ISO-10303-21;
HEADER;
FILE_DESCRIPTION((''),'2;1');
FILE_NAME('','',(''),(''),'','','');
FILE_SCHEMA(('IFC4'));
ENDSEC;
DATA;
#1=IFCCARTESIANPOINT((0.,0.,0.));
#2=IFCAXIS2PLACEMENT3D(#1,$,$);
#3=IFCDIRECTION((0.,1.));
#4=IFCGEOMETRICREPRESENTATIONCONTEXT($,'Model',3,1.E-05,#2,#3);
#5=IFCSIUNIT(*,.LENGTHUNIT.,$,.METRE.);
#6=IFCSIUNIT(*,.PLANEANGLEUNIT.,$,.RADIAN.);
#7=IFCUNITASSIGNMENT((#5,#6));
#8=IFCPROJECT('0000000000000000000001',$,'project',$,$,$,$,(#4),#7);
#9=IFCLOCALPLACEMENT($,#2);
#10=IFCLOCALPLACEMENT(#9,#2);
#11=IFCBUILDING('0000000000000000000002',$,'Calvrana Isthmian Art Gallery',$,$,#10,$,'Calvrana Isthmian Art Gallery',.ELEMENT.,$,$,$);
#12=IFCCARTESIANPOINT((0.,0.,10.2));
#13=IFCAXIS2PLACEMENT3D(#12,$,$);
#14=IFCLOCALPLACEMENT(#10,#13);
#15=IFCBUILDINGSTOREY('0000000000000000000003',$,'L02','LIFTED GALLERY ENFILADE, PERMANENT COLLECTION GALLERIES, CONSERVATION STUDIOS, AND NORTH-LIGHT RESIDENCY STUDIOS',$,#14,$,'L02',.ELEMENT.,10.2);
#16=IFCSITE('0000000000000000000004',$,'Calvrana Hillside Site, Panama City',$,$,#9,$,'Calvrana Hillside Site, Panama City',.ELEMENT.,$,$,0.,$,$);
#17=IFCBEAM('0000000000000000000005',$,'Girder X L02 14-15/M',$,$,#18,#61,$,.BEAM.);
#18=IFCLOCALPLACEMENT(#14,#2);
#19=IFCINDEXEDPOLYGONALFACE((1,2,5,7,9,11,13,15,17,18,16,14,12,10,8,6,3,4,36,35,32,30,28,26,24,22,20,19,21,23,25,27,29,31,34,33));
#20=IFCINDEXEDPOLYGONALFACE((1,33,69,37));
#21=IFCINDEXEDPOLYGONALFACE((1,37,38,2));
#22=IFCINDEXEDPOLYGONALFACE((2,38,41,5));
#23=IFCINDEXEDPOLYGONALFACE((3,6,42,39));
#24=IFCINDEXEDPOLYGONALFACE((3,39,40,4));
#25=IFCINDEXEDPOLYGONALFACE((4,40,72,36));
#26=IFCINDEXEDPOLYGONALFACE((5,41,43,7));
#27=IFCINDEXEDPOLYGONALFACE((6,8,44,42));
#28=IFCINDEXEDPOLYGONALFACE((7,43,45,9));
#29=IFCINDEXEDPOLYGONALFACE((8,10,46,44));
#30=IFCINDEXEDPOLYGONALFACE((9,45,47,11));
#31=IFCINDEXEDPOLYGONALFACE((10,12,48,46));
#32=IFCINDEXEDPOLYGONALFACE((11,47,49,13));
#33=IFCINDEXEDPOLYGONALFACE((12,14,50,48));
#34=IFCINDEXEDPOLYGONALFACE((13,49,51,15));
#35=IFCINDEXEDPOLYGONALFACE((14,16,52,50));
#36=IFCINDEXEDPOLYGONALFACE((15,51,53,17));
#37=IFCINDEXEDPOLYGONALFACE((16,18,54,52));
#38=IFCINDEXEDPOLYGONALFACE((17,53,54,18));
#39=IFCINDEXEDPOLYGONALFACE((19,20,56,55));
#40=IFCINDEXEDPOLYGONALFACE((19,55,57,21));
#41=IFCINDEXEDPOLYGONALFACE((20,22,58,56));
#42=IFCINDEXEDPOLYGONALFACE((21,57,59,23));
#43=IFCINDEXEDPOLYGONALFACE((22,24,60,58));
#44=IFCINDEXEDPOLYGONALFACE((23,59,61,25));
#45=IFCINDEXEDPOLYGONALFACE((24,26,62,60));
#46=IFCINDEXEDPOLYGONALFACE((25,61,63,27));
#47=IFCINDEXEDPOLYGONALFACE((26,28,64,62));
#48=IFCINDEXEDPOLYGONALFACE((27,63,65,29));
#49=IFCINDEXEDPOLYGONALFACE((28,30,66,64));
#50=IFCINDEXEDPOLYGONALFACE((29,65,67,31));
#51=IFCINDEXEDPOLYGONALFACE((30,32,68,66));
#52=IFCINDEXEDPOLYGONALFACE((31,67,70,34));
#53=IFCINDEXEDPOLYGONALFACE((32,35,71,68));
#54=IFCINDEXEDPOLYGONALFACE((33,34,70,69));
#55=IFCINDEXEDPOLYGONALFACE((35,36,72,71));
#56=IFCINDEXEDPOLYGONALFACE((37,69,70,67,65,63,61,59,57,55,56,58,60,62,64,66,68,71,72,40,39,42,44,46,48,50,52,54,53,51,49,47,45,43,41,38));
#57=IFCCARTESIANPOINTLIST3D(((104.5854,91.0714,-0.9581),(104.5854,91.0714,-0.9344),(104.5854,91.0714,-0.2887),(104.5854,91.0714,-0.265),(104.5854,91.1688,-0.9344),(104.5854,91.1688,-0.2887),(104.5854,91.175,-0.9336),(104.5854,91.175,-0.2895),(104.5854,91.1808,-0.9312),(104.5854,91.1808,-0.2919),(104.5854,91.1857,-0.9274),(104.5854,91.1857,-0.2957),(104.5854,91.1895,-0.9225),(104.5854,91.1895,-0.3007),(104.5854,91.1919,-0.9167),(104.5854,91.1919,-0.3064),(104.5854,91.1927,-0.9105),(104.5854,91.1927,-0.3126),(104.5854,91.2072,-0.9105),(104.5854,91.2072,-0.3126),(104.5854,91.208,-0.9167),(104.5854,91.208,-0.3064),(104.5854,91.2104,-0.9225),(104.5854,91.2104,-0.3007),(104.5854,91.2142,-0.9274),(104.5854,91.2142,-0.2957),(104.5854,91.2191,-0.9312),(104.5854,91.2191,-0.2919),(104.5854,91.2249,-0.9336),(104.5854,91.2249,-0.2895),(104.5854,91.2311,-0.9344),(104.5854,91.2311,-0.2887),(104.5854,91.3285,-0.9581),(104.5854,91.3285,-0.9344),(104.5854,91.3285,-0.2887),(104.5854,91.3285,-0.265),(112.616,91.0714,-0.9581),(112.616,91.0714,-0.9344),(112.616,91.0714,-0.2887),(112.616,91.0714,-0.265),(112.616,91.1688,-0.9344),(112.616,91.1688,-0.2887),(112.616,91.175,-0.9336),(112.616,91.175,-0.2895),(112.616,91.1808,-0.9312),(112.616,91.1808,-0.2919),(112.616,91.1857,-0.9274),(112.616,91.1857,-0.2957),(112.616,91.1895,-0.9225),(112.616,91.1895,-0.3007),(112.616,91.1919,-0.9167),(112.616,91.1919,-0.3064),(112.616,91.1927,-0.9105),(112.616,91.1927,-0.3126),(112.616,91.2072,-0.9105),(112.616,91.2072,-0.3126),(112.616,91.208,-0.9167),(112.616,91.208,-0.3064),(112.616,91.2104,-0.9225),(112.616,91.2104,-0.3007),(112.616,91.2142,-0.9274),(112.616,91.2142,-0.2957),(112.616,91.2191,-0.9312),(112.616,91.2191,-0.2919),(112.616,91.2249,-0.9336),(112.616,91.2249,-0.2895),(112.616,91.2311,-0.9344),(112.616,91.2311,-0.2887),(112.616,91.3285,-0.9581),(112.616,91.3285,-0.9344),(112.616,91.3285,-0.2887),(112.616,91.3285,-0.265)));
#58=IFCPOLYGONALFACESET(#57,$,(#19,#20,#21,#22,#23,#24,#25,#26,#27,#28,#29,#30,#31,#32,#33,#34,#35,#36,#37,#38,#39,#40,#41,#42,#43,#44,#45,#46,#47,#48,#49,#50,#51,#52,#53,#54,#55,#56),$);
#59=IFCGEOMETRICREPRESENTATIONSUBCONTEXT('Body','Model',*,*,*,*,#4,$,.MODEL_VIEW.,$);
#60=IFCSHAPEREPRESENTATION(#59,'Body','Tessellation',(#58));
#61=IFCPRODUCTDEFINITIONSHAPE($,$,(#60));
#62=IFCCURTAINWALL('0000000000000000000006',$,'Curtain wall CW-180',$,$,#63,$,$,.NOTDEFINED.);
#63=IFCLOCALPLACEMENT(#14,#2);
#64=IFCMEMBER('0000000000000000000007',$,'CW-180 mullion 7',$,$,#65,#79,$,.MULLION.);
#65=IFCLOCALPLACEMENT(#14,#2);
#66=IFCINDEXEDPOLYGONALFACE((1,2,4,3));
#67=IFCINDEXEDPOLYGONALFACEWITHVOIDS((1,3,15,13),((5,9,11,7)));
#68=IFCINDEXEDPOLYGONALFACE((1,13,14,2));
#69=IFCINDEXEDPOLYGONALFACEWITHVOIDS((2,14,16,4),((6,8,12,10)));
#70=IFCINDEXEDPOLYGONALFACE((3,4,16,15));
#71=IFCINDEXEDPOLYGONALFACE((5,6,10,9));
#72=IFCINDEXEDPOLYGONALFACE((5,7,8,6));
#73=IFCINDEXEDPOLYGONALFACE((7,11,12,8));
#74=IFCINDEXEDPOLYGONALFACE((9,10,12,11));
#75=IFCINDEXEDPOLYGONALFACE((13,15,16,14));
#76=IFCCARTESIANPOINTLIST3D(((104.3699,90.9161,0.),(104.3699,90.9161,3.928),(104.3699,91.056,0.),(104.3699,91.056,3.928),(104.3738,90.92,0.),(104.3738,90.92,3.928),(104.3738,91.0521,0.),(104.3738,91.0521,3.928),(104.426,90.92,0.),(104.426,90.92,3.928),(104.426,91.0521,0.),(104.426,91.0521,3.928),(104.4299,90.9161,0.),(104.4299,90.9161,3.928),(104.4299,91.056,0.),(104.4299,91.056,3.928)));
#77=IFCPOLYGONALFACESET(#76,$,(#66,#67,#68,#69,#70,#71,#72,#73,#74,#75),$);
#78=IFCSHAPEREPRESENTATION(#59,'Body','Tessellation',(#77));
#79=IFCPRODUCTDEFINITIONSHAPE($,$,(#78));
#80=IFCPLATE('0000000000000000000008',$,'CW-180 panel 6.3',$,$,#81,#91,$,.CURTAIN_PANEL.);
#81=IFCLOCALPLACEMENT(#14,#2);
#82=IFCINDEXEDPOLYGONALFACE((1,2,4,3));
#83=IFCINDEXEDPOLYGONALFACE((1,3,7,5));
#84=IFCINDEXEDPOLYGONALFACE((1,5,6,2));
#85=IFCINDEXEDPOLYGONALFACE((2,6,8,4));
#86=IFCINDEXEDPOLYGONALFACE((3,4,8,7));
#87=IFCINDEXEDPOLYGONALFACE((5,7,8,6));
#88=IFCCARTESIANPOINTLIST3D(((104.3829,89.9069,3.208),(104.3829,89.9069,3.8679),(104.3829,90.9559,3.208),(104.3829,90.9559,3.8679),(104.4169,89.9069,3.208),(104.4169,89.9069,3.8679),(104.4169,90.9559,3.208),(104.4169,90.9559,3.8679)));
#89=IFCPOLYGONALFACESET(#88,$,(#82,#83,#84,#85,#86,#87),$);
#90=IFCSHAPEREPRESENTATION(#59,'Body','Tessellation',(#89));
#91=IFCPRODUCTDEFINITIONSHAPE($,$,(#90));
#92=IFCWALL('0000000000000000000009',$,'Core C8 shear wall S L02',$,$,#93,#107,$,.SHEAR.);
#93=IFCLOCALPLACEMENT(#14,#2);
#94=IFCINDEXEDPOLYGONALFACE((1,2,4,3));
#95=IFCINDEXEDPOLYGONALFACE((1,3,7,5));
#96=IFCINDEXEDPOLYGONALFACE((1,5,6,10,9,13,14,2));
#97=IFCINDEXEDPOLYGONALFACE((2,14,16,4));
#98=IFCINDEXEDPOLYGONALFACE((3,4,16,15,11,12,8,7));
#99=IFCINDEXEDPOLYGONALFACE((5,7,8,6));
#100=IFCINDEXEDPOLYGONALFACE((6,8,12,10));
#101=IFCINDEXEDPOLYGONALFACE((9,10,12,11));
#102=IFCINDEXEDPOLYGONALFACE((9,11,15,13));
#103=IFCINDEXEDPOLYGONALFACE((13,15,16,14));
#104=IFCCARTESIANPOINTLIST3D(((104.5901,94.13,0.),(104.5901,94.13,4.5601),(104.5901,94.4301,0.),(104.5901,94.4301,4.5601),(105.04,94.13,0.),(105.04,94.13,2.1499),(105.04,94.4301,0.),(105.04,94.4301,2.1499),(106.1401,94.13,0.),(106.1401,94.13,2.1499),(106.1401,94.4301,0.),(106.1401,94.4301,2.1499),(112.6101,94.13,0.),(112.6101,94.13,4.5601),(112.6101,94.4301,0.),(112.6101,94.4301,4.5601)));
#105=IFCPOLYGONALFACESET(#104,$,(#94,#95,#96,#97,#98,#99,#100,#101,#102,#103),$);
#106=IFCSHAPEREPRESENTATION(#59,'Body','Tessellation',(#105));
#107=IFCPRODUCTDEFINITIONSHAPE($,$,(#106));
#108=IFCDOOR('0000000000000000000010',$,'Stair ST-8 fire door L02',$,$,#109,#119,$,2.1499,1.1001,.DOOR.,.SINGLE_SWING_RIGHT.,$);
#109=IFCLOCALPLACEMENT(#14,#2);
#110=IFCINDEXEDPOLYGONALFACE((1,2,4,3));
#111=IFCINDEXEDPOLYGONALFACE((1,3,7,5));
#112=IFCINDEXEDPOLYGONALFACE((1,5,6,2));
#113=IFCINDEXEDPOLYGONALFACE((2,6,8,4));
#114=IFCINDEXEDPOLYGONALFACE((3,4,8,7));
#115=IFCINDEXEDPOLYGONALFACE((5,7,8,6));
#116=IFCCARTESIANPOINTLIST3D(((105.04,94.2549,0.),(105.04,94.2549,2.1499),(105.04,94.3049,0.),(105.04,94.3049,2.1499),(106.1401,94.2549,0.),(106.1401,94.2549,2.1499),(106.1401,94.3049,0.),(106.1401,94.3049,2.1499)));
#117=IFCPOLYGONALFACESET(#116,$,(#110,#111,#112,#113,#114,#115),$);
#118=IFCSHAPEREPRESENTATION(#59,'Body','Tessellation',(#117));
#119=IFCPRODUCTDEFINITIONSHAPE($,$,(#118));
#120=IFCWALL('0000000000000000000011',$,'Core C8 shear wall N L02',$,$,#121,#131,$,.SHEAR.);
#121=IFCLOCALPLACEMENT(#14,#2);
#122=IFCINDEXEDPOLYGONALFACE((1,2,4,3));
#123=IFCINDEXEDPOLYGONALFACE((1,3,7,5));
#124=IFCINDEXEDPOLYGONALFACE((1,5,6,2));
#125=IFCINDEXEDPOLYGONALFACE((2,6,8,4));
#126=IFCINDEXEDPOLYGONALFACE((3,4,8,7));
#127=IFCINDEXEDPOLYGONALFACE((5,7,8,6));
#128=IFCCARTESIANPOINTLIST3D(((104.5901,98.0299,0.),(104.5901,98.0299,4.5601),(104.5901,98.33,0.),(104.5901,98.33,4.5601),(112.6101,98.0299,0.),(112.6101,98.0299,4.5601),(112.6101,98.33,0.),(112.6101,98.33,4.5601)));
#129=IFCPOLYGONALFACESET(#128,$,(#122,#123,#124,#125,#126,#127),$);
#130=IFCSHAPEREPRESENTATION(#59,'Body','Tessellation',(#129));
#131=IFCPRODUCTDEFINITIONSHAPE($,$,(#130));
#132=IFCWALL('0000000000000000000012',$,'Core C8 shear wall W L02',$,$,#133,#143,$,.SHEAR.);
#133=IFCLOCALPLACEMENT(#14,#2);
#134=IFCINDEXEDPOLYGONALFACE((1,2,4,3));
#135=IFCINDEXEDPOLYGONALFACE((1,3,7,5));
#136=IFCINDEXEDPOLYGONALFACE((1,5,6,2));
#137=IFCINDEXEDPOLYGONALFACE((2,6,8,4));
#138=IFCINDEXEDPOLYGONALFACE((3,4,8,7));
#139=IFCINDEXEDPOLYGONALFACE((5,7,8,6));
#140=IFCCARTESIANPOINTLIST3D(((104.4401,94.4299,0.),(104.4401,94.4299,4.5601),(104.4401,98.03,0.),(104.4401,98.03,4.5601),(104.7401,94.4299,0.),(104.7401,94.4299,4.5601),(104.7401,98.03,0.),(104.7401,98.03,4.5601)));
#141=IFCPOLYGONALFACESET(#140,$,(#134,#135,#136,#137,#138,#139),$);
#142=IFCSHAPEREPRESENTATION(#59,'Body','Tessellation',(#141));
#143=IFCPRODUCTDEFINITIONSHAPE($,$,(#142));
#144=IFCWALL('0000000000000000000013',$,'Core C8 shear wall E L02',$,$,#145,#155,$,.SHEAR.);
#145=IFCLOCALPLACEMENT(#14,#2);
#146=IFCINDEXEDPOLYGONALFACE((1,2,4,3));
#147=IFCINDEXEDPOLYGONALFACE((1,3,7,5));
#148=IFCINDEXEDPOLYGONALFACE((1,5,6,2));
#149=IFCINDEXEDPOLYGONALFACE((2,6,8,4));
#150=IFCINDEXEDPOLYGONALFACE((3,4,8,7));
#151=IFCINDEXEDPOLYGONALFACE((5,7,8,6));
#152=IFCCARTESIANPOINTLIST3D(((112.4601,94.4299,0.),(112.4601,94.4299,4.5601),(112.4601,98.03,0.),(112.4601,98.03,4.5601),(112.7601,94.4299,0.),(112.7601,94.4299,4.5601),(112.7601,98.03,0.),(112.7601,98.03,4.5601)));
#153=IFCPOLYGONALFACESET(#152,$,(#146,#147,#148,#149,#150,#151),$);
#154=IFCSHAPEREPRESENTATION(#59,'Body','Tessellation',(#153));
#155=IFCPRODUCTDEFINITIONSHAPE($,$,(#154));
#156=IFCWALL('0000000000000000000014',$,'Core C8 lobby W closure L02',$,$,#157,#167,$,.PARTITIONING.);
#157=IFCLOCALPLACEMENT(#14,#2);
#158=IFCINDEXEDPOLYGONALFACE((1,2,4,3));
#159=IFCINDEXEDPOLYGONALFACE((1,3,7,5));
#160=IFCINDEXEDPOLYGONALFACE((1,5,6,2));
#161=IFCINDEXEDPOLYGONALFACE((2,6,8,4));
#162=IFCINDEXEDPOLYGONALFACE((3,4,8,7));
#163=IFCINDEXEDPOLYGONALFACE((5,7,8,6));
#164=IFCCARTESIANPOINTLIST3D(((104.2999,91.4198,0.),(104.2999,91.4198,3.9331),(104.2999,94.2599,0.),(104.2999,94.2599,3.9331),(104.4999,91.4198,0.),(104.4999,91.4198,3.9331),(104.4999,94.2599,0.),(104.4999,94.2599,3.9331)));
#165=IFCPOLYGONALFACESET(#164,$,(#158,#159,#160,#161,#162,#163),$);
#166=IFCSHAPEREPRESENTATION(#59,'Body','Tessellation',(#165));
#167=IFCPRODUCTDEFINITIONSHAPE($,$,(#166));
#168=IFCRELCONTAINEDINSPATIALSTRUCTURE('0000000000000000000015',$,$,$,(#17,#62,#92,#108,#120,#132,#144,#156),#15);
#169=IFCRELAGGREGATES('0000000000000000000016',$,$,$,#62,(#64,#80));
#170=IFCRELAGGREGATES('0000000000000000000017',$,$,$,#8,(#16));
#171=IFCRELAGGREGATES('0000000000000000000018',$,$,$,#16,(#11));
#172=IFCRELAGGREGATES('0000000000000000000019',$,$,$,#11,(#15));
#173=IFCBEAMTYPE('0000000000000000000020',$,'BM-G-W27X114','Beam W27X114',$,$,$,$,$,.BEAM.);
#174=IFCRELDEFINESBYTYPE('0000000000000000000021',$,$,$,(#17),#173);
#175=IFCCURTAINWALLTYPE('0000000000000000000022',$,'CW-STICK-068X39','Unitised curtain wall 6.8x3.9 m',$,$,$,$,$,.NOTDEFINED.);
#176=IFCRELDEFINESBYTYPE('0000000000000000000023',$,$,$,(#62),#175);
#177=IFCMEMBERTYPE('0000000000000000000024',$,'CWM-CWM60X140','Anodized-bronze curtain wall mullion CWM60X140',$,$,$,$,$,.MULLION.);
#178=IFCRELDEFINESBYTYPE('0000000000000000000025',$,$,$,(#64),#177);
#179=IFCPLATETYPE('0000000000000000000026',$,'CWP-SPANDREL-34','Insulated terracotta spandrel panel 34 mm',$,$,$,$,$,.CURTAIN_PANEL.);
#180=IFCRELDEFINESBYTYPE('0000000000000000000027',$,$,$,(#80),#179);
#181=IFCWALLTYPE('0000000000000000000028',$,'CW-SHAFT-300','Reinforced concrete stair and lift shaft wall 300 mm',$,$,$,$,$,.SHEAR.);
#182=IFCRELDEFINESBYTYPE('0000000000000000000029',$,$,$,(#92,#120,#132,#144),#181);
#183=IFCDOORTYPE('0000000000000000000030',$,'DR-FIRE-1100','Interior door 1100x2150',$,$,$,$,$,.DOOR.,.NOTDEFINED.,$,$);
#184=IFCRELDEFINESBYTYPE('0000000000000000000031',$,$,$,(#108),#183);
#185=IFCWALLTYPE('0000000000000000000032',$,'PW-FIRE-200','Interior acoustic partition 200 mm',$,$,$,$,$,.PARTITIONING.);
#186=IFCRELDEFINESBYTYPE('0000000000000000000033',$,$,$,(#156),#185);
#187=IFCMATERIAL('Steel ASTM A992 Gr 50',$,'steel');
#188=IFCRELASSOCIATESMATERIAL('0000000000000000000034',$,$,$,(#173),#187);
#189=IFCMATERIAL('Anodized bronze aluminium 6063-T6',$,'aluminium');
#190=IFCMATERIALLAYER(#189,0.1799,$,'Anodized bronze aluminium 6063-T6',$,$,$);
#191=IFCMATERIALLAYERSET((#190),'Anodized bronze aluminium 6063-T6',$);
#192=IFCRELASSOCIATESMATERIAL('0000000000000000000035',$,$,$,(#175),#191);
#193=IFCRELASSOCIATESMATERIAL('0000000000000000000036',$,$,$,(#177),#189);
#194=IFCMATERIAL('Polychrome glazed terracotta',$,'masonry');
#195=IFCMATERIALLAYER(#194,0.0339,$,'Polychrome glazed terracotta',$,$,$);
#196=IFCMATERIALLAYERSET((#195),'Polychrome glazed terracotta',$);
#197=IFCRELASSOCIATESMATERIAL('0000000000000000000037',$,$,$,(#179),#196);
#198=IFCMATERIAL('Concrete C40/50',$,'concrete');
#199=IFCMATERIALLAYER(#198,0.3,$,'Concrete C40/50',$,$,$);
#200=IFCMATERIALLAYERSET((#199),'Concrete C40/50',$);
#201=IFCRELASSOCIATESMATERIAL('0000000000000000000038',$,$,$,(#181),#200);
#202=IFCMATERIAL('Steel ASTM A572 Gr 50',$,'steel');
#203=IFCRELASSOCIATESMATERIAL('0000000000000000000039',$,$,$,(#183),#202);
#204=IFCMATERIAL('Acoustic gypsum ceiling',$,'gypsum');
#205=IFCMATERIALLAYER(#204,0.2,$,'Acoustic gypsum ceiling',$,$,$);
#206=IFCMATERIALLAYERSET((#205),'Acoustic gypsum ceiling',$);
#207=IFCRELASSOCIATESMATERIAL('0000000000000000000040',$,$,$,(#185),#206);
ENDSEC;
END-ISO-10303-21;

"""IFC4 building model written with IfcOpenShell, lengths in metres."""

from ifc_helpers import new_model, si_unit, direction, frame, frame_2d, origin, origin_2d, place, context, subcontext, project, spatial, rectangle, hollow_rectangle, i_section, extrude, material, layer, layer_set, material_profile, profile_set, type_object, element, fill, aggregate, save


model = new_model("IFC4")

# Units and contexts
model_context = context("Model", 3, precision=1e-05, world=origin(), true_north=direction((0.0, 1.0)))
body_context = subcontext(model_context, "Body", "Model", "MODEL_VIEW")
ifc_project = project(units=[si_unit("LENGTHUNIT", "METRE"), si_unit("PLANEANGLEUNIT", "RADIAN")], contexts=[model_context])

# Site, building, storey
site_placement = place(None, origin())
site = spatial("IfcSite", under=ifc_project, at=site_placement, Name="Calvrana Hillside Site, Panama City", LongName="Calvrana Hillside Site, Panama City", CompositionType="ELEMENT", RefElevation=0.0)
building_placement = place(site_placement, origin())
building = spatial("IfcBuilding", under=site, at=building_placement, Name="Calvrana Isthmian Art Gallery", LongName="Calvrana Isthmian Art Gallery", CompositionType="ELEMENT")
storey_placement = place(building_placement, frame((0.0, 0.0, 10.2)))
storey = spatial("IfcBuildingStorey", under=building, at=storey_placement, Name="L02", Description="LIFTED GALLERY ENFILADE, PERMANENT COLLECTION GALLERIES, CONSERVATION STUDIOS, AND NORTH-LIGHT RESIDENCY STUDIOS", LongName="L02", CompositionType="ELEMENT", Elevation=10.2)

# Shared definitions
ifc_material_1 = material(Name="Steel ASTM A992 Gr 50", Category="steel")

# Beam
ifc_material_profile_1 = material_profile(ifc_material_1, i_section(OverallWidth=0.2571, OverallDepth=0.6931, WebThickness=0.0144, FlangeThickness=0.0237, FilletRadius=0.0239, at=origin_2d()), Name="W27X114")
ifc_profile_set_1 = profile_set([ifc_material_profile_1], Name="Steel ASTM A992 Gr 50")
beam_type_1 = type_object("IfcBeamType", Name="BM-G-W27X114", Description="Beam W27X114", PredefinedType="BEAM", material=ifc_profile_set_1)
beam_1_placement = place(storey_placement, frame((104.5854, 91.2, -0.6116), z_axis=(1.0, 0.0, 0.0), x_axis=(0.0, 1.0, 0.0)))
element("IfcBeam", 1, at=beam_1_placement, inside=storey, type_object=beam_type_1, Name="Girder X L02 14-15/M", PredefinedType="BEAM", context=body_context, shape_type="SweptSolid", body=[
    extrude(i_section(OverallWidth=0.2571, OverallDepth=0.6931, WebThickness=0.0144, FlangeThickness=0.0237, FilletRadius=0.0239, at=origin_2d()), origin(), (0.0, 0.0, 1.0), 8.0305),
])

# Curtain wall, member, plate
ifc_material_2 = material(Name="Anodized bronze aluminium 6063-T6", Category="aluminium")
ifc_layer_1 = layer(ifc_material_2, 0.1799, Name="Anodized bronze aluminium 6063-T6")
ifc_layer_set_1 = layer_set([ifc_layer_1], Name="Anodized bronze aluminium 6063-T6")
curtain_wall_type = type_object("IfcCurtainWallType", Name="CW-STICK-068X39", Description="Unitised curtain wall 6.8x3.9 m", PredefinedType="NOTDEFINED", material=ifc_layer_set_1)
curtain_wall_placement = place(storey_placement, origin())
curtain_wall = element("IfcCurtainWall", 2, at=curtain_wall_placement, inside=storey, type_object=curtain_wall_type, Name="Curtain wall CW-180", PredefinedType="NOTDEFINED")
ifc_material_profile_2 = material_profile(ifc_material_2, hollow_rectangle(XDim=0.0601, YDim=0.1399, WallThickness=0.0039, at=origin_2d()), Name="CWM60X140")
ifc_profile_set_2 = profile_set([ifc_material_profile_2], Name="Anodized bronze aluminium 6063-T6")
member_type = type_object("IfcMemberType", Name="CWM-CWM60X140", Description="Anodized-bronze curtain wall mullion CWM60X140", PredefinedType="MULLION", material=ifc_profile_set_2)
member_placement = place(storey_placement, frame((104.3999, 90.9861, 0.0), z_axis=(0.0, 0.0, 1.0), x_axis=(-1.0, 0.0, 0.0)))
member = element("IfcMember", 3, at=member_placement, type_object=member_type, Name="CW-180 mullion 7", PredefinedType="MULLION", context=body_context, shape_type="SweptSolid", body=[
    extrude(hollow_rectangle(XDim=0.0601, YDim=0.1399, WallThickness=0.0039, at=origin_2d()), origin(), (0.0, 0.0, 1.0), 3.928),
])
ifc_material_3 = material(Name="Polychrome glazed terracotta", Category="masonry")
ifc_layer_2 = layer(ifc_material_3, 0.0339, Name="Polychrome glazed terracotta")
ifc_layer_set_2 = layer_set([ifc_layer_2], Name="Polychrome glazed terracotta")
plate_type = type_object("IfcPlateType", Name="CWP-SPANDREL-34", Description="Insulated terracotta spandrel panel 34 mm", PredefinedType="CURTAIN_PANEL", material=ifc_layer_set_2)
plate_placement = place(storey_placement, frame((104.3999, 90.4314, 3.208), z_axis=(0.0, 0.0, 1.0), x_axis=(0.0, 1.0, 0.0)))
plate = element("IfcPlate", 4, at=plate_placement, type_object=plate_type, Name="CW-180 panel 6.3", PredefinedType="CURTAIN_PANEL", context=body_context, shape_type="SweptSolid", body=[
    extrude(rectangle(XDim=1.0491, YDim=0.0339, at=origin_2d()), origin(), (0.0, 0.0, 1.0), 0.6599),
])
aggregate(curtain_wall, [member, plate])

# Wall, opening, door
ifc_material_4 = material(Name="Concrete C40/50", Category="concrete")
ifc_layer_3 = layer(ifc_material_4, 0.3, Name="Concrete C40/50")
ifc_layer_set_3 = layer_set([ifc_layer_3], Name="Concrete C40/50")
wall_type_1 = type_object("IfcWallType", Name="CW-SHAFT-300", Description="Reinforced concrete stair and lift shaft wall 300 mm", PredefinedType="SHEAR", material=ifc_layer_set_3)
wall_1_placement = place(storey_placement, frame((104.5901, 94.28, 0.0), z_axis=(0.0, 0.0, 1.0), x_axis=(1.0, 0.0, 0.0)))
wall_1 = element("IfcWall", 5, at=wall_1_placement, inside=storey, type_object=wall_type_1, Name="Core C8 shear wall S L02", PredefinedType="SHEAR", context=body_context, shape_type="SweptSolid", body=[
    extrude(rectangle(XDim=8.02, YDim=0.3, at=frame_2d((4.01, 0.0))), origin(), (0.0, 0.0, 1.0), 4.5601),
])
opening_1_placement = place(wall_1_placement, frame((0.45, 0.0, 0.0)))
opening_1 = element("IfcOpeningElement", 6, at=opening_1_placement, cuts=wall_1, PredefinedType="OPENING", context=body_context, shape_type="SweptSolid", body=[
    extrude(rectangle(XDim=1.1001, YDim=2.1499, at=frame_2d((0.55, 1.075))), frame((0.0, 0.1602, 0.0), z_axis=(0.0, -1.0, 0.0), x_axis=(1.0, 0.0, 0.0)), (0.0, 0.0, 1.0), 0.3206),
])
ifc_material_5 = material(Name="Steel ASTM A572 Gr 50", Category="steel")
door_type_1 = type_object("IfcDoorType", Name="DR-FIRE-1100", Description="Interior door 1100x2150", OperationType="NOTDEFINED", PredefinedType="DOOR", material=ifc_material_5)
door_1_placement = place(opening_1_placement, origin())
door_1 = element("IfcDoor", 7, at=door_1_placement, inside=storey, type_object=door_type_1, Name="Stair ST-8 fire door L02", OperationType="SINGLE_SWING_RIGHT", OverallHeight=2.1499, OverallWidth=1.1001, PredefinedType="DOOR", context=body_context, shape_type="SweptSolid", body=[
    extrude(rectangle(XDim=1.1001, YDim=2.1499, at=frame_2d((0.55, 1.075))), frame((0.0, 0.0249, 0.0), z_axis=(0.0, -1.0, 0.0), x_axis=(1.0, 0.0, 0.0)), (0.0, 0.0, 1.0), 0.05),
])
fill(opening_1, door_1)

# Walls
wall_2_placement = place(storey_placement, frame((104.5901, 98.1799, 0.0), z_axis=(0.0, 0.0, 1.0), x_axis=(1.0, 0.0, 0.0)))
element("IfcWall", 8, at=wall_2_placement, inside=storey, type_object=wall_type_1, Name="Core C8 shear wall N L02", PredefinedType="SHEAR", context=body_context, shape_type="SweptSolid", body=[
    extrude(rectangle(XDim=8.02, YDim=0.3, at=frame_2d((4.01, 0.0))), origin(), (0.0, 0.0, 1.0), 4.5601),
])
for number, where, z_axis, x_axis, name in (
    (9, (104.5901, 94.4299, 0.0), (0.0, 0.0, 1.0), (0.0, 1.0, 0.0), "Core C8 shear wall W L02"),
    (10, (112.6101, 94.4299, 0.0), (0.0, 0.0, 1.0), (0.0, 1.0, 0.0), "Core C8 shear wall E L02"),
):
    element("IfcWall", number, at=place(storey_placement, frame(where, z_axis=z_axis, x_axis=x_axis)), inside=storey, type_object=wall_type_1, Name=name, PredefinedType="SHEAR", context=body_context, shape_type="SweptSolid", body=[
        extrude(rectangle(XDim=3.6001, YDim=0.3, at=frame_2d((1.8, 0.0))), origin(), (0.0, 0.0, 1.0), 4.5601),
    ])
ifc_material_6 = material(Name="Acoustic gypsum ceiling", Category="gypsum")
ifc_layer_4 = layer(ifc_material_6, 0.2, Name="Acoustic gypsum ceiling")
ifc_layer_set_4 = layer_set([ifc_layer_4], Name="Acoustic gypsum ceiling")
wall_type_2 = type_object("IfcWallType", Name="PW-FIRE-200", Description="Interior acoustic partition 200 mm", PredefinedType="PARTITIONING", material=ifc_layer_set_4)
wall_3_placement = place(storey_placement, frame((104.3999, 91.4199, 0.0), z_axis=(0.0, 0.0, 1.0), x_axis=(0.0, 1.0, 0.0)))
element("IfcWall", 11, at=wall_3_placement, inside=storey, type_object=wall_type_2, Name="Core C8 lobby W closure L02", PredefinedType="PARTITIONING", context=body_context, shape_type="SweptSolid", body=[
    extrude(rectangle(XDim=2.8401, YDim=0.2, at=frame_2d((1.4199, 0.0))), origin(), (0.0, 0.0, 1.0), 3.9331),
])

save(model, "model.ifc")
